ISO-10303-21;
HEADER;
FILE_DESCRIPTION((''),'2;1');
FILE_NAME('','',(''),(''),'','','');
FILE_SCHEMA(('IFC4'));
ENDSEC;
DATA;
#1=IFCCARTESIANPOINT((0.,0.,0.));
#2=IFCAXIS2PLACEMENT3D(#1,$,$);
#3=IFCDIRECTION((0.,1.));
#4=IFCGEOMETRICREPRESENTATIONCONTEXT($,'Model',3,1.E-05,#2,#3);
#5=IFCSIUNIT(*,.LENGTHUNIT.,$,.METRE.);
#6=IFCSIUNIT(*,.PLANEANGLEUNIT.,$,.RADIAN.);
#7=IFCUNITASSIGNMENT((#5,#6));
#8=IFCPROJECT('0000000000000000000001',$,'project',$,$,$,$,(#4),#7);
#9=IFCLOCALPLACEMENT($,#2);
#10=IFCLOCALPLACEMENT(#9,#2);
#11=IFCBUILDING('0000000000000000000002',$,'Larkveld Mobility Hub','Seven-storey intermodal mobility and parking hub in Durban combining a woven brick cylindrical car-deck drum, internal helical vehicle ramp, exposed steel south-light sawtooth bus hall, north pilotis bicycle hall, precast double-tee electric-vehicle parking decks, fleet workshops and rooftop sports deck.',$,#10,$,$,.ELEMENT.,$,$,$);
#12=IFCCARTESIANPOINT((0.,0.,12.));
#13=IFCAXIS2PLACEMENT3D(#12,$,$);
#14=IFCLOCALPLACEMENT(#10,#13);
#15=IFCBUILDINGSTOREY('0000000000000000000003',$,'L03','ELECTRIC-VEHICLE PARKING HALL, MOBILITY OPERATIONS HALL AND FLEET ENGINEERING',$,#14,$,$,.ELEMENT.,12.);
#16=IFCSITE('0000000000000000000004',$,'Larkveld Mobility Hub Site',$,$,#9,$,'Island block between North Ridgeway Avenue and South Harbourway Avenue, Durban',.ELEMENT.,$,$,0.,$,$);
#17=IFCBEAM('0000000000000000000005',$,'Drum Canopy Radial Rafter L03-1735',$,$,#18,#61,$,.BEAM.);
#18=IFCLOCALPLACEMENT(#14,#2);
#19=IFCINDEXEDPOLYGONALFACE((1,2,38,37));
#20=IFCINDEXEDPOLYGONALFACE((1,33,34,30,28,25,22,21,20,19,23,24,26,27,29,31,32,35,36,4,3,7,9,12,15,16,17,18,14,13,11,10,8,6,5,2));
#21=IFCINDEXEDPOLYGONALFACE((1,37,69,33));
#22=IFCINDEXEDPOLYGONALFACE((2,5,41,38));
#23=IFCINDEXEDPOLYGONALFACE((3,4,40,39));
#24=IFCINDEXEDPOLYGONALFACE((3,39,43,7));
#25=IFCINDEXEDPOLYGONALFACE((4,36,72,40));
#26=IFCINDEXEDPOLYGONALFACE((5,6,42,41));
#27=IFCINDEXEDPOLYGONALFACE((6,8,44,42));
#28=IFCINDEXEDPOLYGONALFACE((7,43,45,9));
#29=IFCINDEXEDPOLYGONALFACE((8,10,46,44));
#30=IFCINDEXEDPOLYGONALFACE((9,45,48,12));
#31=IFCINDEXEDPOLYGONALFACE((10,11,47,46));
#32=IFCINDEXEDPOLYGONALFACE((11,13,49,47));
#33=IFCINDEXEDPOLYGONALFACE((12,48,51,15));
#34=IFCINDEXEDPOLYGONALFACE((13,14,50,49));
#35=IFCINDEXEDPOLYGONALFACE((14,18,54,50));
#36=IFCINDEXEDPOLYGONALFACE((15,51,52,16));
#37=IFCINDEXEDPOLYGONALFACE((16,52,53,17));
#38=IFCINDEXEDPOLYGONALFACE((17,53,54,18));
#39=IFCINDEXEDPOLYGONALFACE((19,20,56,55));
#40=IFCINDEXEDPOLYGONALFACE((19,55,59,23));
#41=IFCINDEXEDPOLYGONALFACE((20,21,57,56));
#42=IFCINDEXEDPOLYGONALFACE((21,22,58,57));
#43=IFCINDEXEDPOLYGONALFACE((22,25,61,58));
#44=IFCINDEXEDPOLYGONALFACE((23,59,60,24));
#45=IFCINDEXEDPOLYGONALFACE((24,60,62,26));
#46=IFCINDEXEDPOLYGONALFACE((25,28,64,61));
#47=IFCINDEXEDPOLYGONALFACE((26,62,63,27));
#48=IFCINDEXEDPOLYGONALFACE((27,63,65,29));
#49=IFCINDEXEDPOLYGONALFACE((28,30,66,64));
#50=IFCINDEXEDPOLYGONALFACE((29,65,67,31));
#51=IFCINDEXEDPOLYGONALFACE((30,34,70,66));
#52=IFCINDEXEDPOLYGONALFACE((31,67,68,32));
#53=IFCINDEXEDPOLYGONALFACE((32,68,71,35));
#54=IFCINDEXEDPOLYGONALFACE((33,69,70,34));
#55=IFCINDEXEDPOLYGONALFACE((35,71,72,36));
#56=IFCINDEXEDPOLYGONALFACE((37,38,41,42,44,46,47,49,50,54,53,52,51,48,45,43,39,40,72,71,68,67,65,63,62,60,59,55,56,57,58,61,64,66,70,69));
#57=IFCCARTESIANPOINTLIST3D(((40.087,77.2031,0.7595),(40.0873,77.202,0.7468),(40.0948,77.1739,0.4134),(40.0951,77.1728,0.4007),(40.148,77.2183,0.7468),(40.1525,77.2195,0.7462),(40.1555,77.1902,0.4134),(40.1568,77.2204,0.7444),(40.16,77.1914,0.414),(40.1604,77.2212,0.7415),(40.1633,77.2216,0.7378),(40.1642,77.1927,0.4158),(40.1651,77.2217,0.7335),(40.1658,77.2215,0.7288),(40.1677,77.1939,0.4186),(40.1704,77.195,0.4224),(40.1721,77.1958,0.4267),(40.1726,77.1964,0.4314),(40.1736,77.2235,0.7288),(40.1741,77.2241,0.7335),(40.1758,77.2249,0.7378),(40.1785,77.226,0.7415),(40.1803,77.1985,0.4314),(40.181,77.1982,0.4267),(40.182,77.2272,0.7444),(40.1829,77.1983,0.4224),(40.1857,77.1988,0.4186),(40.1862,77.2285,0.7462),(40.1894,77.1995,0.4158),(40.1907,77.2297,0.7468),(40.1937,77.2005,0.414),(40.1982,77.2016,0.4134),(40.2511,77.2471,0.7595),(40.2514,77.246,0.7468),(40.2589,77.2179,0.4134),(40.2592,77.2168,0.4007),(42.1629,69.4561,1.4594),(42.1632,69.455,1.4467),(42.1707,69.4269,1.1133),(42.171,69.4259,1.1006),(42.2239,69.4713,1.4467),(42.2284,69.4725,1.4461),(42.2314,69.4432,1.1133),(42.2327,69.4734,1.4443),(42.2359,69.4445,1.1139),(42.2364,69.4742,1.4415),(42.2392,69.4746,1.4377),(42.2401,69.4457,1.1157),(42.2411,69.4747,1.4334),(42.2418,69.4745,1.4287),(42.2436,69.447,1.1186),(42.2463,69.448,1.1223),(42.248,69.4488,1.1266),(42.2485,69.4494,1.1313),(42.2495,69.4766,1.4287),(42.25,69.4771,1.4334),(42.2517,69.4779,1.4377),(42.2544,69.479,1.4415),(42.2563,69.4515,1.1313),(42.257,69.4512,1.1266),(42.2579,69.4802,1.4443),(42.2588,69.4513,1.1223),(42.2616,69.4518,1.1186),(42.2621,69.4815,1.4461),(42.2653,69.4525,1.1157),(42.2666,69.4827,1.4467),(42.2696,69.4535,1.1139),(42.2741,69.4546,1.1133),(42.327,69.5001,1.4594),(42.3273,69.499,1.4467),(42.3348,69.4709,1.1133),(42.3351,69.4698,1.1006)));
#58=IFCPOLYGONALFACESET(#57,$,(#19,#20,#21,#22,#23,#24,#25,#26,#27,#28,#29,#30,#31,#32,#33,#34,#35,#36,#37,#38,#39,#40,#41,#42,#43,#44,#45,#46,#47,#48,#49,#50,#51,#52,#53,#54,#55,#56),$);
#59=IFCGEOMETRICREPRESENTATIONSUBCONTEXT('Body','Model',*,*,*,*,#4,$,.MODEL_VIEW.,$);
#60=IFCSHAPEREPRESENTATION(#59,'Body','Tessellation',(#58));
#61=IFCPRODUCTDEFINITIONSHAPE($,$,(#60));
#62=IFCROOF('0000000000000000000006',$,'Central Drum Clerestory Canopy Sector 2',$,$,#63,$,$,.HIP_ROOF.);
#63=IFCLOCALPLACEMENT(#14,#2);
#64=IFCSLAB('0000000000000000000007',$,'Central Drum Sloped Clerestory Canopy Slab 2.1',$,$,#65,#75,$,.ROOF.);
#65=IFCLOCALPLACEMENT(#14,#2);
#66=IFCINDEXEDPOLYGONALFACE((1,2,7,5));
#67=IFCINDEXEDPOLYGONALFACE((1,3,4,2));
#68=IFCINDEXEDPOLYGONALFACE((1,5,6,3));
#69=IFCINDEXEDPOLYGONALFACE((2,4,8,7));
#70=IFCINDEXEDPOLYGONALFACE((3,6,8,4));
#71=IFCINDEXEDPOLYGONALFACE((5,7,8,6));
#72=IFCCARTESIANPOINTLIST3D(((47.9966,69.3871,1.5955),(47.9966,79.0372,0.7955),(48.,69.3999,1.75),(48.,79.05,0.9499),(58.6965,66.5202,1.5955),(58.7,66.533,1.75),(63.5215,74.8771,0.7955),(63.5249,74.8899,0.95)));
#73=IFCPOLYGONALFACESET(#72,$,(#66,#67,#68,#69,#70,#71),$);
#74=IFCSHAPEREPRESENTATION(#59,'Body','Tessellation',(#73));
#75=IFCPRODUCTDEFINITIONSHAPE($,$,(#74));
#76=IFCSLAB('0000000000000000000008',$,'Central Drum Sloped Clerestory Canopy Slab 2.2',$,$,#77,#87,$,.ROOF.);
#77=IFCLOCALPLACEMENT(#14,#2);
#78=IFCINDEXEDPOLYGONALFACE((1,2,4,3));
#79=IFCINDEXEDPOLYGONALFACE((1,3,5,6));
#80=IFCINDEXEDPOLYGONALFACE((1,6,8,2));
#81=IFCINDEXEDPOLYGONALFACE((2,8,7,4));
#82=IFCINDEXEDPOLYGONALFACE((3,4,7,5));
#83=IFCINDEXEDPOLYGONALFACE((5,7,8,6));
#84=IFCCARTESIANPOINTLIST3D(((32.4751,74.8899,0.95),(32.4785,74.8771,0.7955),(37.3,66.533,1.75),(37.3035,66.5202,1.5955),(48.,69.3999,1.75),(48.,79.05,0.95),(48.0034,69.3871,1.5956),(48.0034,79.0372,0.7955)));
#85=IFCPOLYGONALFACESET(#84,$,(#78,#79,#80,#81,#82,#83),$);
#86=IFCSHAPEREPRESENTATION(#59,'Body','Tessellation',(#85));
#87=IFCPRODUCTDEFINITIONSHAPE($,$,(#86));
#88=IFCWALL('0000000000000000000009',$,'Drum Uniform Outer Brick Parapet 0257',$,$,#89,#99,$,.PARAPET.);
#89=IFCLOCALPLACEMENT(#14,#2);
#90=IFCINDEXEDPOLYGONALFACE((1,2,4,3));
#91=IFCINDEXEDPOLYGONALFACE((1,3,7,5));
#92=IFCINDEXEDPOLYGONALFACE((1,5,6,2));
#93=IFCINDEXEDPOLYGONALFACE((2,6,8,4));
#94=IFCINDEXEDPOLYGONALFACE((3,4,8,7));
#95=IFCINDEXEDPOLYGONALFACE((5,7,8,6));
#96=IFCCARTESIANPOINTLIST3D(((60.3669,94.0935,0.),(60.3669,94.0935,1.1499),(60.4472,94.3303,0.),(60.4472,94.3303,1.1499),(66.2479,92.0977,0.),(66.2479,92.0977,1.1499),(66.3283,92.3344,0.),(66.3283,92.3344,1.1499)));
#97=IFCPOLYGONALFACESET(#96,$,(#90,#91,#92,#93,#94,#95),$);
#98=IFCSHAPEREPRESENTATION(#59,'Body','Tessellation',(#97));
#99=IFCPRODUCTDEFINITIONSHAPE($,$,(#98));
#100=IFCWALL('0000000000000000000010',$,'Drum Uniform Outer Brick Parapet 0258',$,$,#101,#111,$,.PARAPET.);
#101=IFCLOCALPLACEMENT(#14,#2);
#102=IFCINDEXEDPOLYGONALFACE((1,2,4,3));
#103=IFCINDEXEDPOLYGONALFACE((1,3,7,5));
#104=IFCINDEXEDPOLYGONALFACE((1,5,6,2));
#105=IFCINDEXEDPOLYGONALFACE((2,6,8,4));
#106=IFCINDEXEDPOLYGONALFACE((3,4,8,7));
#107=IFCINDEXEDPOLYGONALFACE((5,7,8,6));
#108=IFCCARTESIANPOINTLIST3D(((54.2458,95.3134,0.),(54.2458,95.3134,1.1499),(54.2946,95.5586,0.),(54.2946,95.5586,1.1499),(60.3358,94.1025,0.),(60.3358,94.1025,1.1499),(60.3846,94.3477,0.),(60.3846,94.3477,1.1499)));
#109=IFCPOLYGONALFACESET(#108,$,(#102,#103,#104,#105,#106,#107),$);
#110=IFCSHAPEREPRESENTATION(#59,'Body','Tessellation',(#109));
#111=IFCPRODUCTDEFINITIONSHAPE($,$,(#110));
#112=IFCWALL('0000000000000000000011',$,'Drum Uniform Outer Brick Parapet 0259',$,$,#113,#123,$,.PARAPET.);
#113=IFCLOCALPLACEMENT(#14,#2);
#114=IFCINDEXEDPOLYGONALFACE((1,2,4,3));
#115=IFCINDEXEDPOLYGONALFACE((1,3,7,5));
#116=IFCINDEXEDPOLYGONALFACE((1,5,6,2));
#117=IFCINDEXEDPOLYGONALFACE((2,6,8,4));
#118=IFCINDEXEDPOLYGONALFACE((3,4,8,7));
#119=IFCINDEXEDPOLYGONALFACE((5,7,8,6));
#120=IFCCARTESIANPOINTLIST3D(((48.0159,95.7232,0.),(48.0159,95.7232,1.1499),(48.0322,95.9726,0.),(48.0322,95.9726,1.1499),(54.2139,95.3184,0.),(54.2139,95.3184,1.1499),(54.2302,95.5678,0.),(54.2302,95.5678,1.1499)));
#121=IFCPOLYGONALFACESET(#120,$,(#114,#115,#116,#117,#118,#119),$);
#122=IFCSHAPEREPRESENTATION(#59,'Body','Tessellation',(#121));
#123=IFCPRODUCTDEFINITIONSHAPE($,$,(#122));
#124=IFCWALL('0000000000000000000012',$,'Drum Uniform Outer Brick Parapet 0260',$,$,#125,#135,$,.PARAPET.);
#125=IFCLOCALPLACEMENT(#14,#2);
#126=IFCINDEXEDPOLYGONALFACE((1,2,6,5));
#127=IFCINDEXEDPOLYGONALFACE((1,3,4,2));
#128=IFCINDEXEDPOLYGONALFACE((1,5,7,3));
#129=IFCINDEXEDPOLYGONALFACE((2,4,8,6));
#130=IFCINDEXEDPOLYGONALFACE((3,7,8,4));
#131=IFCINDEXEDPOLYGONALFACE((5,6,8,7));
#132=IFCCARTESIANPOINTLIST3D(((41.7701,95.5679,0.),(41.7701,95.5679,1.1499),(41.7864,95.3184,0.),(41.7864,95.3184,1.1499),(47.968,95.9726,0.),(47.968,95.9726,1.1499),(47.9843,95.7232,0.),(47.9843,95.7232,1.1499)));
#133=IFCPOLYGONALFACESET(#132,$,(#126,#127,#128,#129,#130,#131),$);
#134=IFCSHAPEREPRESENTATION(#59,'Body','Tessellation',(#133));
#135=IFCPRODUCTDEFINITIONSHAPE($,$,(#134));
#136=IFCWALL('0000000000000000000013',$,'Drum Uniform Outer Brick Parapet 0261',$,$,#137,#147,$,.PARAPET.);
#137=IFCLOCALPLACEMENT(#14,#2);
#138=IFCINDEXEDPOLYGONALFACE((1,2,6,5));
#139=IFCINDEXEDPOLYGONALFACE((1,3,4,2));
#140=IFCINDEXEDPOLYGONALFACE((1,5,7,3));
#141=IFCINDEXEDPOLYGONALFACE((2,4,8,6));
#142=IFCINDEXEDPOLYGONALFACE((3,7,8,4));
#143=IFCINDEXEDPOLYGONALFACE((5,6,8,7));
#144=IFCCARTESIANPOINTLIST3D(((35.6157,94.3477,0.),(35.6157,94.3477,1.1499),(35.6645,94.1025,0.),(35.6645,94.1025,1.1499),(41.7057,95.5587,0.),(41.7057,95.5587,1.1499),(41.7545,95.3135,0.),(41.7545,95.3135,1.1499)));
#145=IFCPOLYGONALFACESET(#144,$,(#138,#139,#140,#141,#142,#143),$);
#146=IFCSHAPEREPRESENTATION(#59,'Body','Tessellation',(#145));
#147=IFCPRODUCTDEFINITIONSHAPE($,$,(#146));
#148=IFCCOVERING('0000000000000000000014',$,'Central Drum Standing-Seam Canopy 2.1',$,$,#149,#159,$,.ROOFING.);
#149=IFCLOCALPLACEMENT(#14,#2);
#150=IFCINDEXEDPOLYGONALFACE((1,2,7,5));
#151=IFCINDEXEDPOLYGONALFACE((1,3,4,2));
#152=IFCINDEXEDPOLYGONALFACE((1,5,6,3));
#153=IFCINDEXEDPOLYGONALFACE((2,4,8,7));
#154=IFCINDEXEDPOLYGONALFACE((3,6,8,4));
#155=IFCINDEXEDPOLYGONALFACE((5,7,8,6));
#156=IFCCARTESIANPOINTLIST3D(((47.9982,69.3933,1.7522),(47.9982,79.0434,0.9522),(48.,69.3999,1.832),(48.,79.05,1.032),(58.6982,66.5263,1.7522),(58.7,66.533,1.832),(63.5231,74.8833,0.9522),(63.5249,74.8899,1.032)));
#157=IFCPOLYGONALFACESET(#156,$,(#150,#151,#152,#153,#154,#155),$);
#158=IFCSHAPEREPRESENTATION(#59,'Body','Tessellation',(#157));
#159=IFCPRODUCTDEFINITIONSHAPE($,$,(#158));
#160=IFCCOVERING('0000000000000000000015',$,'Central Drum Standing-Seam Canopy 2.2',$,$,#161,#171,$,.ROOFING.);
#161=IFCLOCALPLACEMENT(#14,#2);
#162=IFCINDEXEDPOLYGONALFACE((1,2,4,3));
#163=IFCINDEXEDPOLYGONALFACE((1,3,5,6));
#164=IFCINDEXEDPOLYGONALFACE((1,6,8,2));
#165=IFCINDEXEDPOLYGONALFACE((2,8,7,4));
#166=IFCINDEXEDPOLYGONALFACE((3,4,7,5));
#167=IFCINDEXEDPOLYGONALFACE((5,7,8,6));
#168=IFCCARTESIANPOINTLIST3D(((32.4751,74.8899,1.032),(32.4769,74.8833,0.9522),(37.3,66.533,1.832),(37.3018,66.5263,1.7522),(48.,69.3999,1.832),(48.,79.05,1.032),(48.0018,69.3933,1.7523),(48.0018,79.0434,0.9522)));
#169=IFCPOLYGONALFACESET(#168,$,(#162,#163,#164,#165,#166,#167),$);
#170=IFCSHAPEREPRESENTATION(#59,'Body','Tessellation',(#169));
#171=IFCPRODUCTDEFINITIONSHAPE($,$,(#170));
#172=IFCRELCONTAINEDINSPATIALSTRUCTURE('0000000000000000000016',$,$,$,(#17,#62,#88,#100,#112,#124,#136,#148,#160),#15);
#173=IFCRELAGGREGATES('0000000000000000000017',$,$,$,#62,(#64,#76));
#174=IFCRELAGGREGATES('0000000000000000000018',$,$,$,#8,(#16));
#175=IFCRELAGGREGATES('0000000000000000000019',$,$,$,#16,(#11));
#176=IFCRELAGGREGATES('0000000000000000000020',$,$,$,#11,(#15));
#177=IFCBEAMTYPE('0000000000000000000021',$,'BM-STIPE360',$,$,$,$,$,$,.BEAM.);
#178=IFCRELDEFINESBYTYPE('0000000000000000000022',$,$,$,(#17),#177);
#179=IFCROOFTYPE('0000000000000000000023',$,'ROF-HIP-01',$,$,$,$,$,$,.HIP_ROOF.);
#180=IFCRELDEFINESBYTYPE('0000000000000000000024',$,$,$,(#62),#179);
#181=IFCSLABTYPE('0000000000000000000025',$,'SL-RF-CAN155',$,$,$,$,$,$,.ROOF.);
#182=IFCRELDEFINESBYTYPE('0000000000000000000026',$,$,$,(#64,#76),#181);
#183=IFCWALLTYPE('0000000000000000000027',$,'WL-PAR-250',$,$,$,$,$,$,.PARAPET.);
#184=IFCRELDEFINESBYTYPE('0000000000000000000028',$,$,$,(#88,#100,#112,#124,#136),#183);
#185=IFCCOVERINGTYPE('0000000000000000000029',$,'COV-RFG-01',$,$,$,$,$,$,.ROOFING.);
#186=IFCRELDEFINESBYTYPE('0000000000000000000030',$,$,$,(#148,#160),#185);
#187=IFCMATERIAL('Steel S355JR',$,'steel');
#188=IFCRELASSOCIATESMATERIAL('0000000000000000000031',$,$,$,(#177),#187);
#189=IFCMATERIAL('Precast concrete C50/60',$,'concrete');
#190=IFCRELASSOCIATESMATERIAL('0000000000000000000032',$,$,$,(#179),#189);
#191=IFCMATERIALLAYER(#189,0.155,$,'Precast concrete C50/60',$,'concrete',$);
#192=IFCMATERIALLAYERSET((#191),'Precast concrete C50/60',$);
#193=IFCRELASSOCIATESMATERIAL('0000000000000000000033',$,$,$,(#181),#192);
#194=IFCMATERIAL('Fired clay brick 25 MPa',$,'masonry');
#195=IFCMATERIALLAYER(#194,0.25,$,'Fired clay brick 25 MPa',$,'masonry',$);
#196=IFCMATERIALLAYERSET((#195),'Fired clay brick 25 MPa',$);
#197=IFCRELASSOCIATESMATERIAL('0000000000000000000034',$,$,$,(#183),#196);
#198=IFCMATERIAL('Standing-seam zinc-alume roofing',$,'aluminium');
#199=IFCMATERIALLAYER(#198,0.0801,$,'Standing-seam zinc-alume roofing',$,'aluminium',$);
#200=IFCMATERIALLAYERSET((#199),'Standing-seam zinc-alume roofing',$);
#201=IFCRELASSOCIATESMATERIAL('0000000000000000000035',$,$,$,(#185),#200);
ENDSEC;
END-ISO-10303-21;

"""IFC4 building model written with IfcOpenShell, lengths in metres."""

from ifc_helpers import new_model, si_unit, direction, frame, frame_2d, origin, origin_2d, place, context, subcontext, project, spatial, polyline, rectangle, i_section, outline, extrude, material, layer, layer_set, material_profile, profile_set, type_object, element, aggregate, save


model = new_model("IFC4")

# Units and contexts
model_context = context("Model", 3, precision=1e-05, world=origin(), true_north=direction((0.0, 1.0)))
body_context = subcontext(model_context, "Body", "Model", "MODEL_VIEW")
ifc_project = project(units=[si_unit("LENGTHUNIT", "METRE"), si_unit("PLANEANGLEUNIT", "RADIAN")], contexts=[model_context])

# Site, building, storey
site_placement = place(None, origin())
site = spatial("IfcSite", under=ifc_project, at=site_placement, Name="Larkveld Mobility Hub Site", LongName="Island block between North Ridgeway Avenue and South Harbourway Avenue, Durban", CompositionType="ELEMENT", RefElevation=0.0)
building_placement = place(site_placement, origin())
building = spatial("IfcBuilding", under=site, at=building_placement, Name="Larkveld Mobility Hub", Description="Seven-storey intermodal mobility and parking hub in Durban combining a woven brick cylindrical car-deck drum, internal helical vehicle ramp, exposed steel south-light sawtooth bus hall, north pilotis bicycle hall, precast double-tee electric-vehicle parking decks, fleet workshops and rooftop sports deck.", CompositionType="ELEMENT")
storey_placement = place(building_placement, frame((0.0, 0.0, 12.0)))
storey = spatial("IfcBuildingStorey", under=building, at=storey_placement, Name="L03", Description="ELECTRIC-VEHICLE PARKING HALL, MOBILITY OPERATIONS HALL AND FLEET ENGINEERING", CompositionType="ELEMENT", Elevation=12.0)

# Beam
ifc_material_1 = material(Name="Steel S355JR", Category="steel")
ifc_material_profile_1 = material_profile(ifc_material_1, i_section(OverallWidth=0.1699, OverallDepth=0.3601, WebThickness=0.0081, FlangeThickness=0.0127, FilletRadius=0.0181, at=origin_2d()), Name="IPE 360")
ifc_profile_set_1 = profile_set([ifc_material_profile_1], Name="Steel S355JR")
beam_type_1 = type_object("IfcBeamType", Name="BM-STIPE360", PredefinedType="BEAM", material=ifc_profile_set_1)
beam_1_placement = place(storey_placement, frame((40.1731, 77.21, 0.5801), z_axis=(0.257851, -0.962265, 0.086941), x_axis=(0.965923, 0.258831, 0.0)))
element("IfcBeam", 1, at=beam_1_placement, inside=storey, type_object=beam_type_1, Name="Drum Canopy Radial Rafter L03-1735", PredefinedType="BEAM", context=body_context, shape_type="SweptSolid", body=[
    extrude(i_section(OverallWidth=0.1699, OverallDepth=0.3601, WebThickness=0.0081, FlangeThickness=0.0127, FilletRadius=0.0181, at=origin_2d()), origin(), (0.0, 0.0, 1.0), 8.0508),
])

# Roof, slabs
ifc_material_2 = material(Name="Precast concrete C50/60", Category="concrete")
roof_type = type_object("IfcRoofType", Name="ROF-HIP-01", PredefinedType="HIP_ROOF", material=ifc_material_2)
roof_placement = place(storey_placement, origin())
roof = element("IfcRoof", 2, at=roof_placement, inside=storey, type_object=roof_type, Name="Central Drum Clerestory Canopy Sector 2", PredefinedType="HIP_ROOF")
ifc_layer_1 = layer(ifc_material_2, 0.155, Name="Precast concrete C50/60", Category="concrete")
ifc_layer_set_1 = layer_set([ifc_layer_1], Name="Precast concrete C50/60")
slab_type = type_object("IfcSlabType", Name="SL-RF-CAN155", PredefinedType="ROOF", material=ifc_layer_set_1)
slab_1_placement = place(storey_placement, frame((63.5249, 74.8899, 0.95), z_axis=(0.022134, 0.082603, 0.996337), x_axis=(-0.965922, 0.258835, -0.000001)))
slab_1 = element("IfcSlab", 3, at=slab_1_placement, type_object=slab_type, Name="Central Drum Sloped Clerestory Canopy Slab 2.1", PredefinedType="ROOF", context=body_context, shape_type="SweptSolid", body=[
    extrude(outline(polyline([(0.0, 0.0), (16.0726, 0.0), (13.5748, 9.3556), (2.4975, 9.3553), (0.0, 0.0)])), origin(), (0.0, 0.0, -1.0), 0.155),
])
slab_2_placement = place(storey_placement, frame((48.0, 79.05, 0.95), z_axis=(-0.022134, 0.082603, 0.996337), x_axis=(-0.965922, -0.258835, 0.000001)))
slab_2 = element("IfcSlab", 4, at=slab_2_placement, type_object=slab_type, Name="Central Drum Sloped Clerestory Canopy Slab 2.2", PredefinedType="ROOF", context=body_context, shape_type="SweptSolid", body=[
    extrude(outline(polyline([(0.0, 0.0), (16.0726, 0.0), (13.5752, 9.3553), (2.4978, 9.3556), (0.0, 0.0)])), origin(), (0.0, 0.0, -1.0), 0.155),
])
aggregate(roof, [slab_1, slab_2])

# Walls
ifc_material_3 = material(Name="Fired clay brick 25 MPa", Category="masonry")
ifc_layer_2 = layer(ifc_material_3, 0.25, Name="Fired clay brick 25 MPa", Category="masonry")
ifc_layer_set_2 = layer_set([ifc_layer_2], Name="Fired clay brick 25 MPa")
wall_type = type_object("IfcWallType", Name="WL-PAR-250", PredefinedType="PARAPET", material=ifc_layer_set_2)
wall_1_placement = place(storey_placement, frame((66.2881, 92.2161, 0.0), z_axis=(0.0, 0.0, 1.0), x_axis=(-0.946955, 0.321365, 0.0)))
element("IfcWall", 5, at=wall_1_placement, inside=storey, type_object=wall_type, Name="Drum Uniform Outer Brick Parapet 0257", PredefinedType="PARAPET", context=body_context, shape_type="SweptSolid", body=[
    extrude(rectangle(XDim=6.2104, YDim=0.25, at=frame_2d((3.1052, 0.0))), origin(), (0.0, 0.0, 1.0), 1.1499),
])
wall_2_placement = place(storey_placement, frame((60.3601, 94.2251, 0.0), z_axis=(0.0, 0.0, 1.0), x_axis=(-0.980799, 0.19502, 0.0)))
element("IfcWall", 6, at=wall_2_placement, inside=storey, type_object=wall_type, Name="Drum Uniform Outer Brick Parapet 0258", PredefinedType="PARAPET", context=body_context, shape_type="SweptSolid", body=[
    extrude(rectangle(XDim=6.2092, YDim=0.25, at=frame_2d((3.1045, 0.0))), origin(), (0.0, 0.0, 1.0), 1.1499),
])
for number, where, z_axis, x_axis, name in (
    (7, (54.2219, 95.4431, 0.0), (0.0, 0.0, 1.0), (-0.997874, 0.06517, 0.0), "Drum Uniform Outer Brick Parapet 0259"),
    (8, (47.9761, 95.8479, 0.0), (0.0, 0.0, 1.0), (-0.997874, -0.06517, 0.0), "Drum Uniform Outer Brick Parapet 0260"),
):
    element("IfcWall", number, at=place(storey_placement, frame(where, z_axis=z_axis, x_axis=x_axis)), inside=storey, type_object=wall_type, Name=name, PredefinedType="PARAPET", context=body_context, shape_type="SweptSolid", body=[
        extrude(rectangle(XDim=6.2112, YDim=0.25, at=frame_2d((3.1055, 0.0))), origin(), (0.0, 0.0, 1.0), 1.1499),
    ])
wall_3_placement = place(storey_placement, frame((41.73, 95.436, 0.0), z_axis=(0.0, 0.0, 1.0), x_axis=(-0.980799, -0.19502, 0.0)))
element("IfcWall", 9, at=wall_3_placement, inside=storey, type_object=wall_type, Name="Drum Uniform Outer Brick Parapet 0261", PredefinedType="PARAPET", context=body_context, shape_type="SweptSolid", body=[
    extrude(rectangle(XDim=6.2092, YDim=0.25, at=frame_2d((3.1045, 0.0))), origin(), (0.0, 0.0, 1.0), 1.1499),
])

# Coverings
ifc_material_4 = material(Name="Standing-seam zinc-alume roofing", Category="aluminium")
ifc_layer_3 = layer(ifc_material_4, 0.0801, Name="Standing-seam zinc-alume roofing", Category="aluminium")
ifc_layer_set_3 = layer_set([ifc_layer_3], Name="Standing-seam zinc-alume roofing")
covering_type = type_object("IfcCoveringType", Name="COV-RFG-01", PredefinedType="ROOFING", material=ifc_layer_set_3)
covering_1_placement = place(storey_placement, frame((63.5249, 74.8899, 1.032), z_axis=(0.022134, 0.082603, 0.996337), x_axis=(-0.965922, 0.258835, -0.000001)))
element("IfcCovering", 10, at=covering_1_placement, inside=storey, type_object=covering_type, Name="Central Drum Standing-Seam Canopy 2.1", PredefinedType="ROOFING", context=body_context, shape_type="SweptSolid", body=[
    extrude(outline(polyline([(0.0, 0.0), (16.0726, 0.0), (13.5748, 9.3556), (2.4975, 9.3553), (0.0, 0.0)])), origin(), (0.0, 0.0, -1.0), 0.0801),
])
covering_2_placement = place(storey_placement, frame((48.0, 79.05, 1.032), z_axis=(-0.022134, 0.082603, 0.996337), x_axis=(-0.965922, -0.258835, 0.000001)))
element("IfcCovering", 11, at=covering_2_placement, inside=storey, type_object=covering_type, Name="Central Drum Standing-Seam Canopy 2.2", PredefinedType="ROOFING", context=body_context, shape_type="SweptSolid", body=[
    extrude(outline(polyline([(0.0, 0.0), (16.0726, 0.0), (13.5752, 9.3553), (2.4978, 9.3556), (0.0, 0.0)])), origin(), (0.0, 0.0, -1.0), 0.0801),
])

save(model, "model.ifc")
